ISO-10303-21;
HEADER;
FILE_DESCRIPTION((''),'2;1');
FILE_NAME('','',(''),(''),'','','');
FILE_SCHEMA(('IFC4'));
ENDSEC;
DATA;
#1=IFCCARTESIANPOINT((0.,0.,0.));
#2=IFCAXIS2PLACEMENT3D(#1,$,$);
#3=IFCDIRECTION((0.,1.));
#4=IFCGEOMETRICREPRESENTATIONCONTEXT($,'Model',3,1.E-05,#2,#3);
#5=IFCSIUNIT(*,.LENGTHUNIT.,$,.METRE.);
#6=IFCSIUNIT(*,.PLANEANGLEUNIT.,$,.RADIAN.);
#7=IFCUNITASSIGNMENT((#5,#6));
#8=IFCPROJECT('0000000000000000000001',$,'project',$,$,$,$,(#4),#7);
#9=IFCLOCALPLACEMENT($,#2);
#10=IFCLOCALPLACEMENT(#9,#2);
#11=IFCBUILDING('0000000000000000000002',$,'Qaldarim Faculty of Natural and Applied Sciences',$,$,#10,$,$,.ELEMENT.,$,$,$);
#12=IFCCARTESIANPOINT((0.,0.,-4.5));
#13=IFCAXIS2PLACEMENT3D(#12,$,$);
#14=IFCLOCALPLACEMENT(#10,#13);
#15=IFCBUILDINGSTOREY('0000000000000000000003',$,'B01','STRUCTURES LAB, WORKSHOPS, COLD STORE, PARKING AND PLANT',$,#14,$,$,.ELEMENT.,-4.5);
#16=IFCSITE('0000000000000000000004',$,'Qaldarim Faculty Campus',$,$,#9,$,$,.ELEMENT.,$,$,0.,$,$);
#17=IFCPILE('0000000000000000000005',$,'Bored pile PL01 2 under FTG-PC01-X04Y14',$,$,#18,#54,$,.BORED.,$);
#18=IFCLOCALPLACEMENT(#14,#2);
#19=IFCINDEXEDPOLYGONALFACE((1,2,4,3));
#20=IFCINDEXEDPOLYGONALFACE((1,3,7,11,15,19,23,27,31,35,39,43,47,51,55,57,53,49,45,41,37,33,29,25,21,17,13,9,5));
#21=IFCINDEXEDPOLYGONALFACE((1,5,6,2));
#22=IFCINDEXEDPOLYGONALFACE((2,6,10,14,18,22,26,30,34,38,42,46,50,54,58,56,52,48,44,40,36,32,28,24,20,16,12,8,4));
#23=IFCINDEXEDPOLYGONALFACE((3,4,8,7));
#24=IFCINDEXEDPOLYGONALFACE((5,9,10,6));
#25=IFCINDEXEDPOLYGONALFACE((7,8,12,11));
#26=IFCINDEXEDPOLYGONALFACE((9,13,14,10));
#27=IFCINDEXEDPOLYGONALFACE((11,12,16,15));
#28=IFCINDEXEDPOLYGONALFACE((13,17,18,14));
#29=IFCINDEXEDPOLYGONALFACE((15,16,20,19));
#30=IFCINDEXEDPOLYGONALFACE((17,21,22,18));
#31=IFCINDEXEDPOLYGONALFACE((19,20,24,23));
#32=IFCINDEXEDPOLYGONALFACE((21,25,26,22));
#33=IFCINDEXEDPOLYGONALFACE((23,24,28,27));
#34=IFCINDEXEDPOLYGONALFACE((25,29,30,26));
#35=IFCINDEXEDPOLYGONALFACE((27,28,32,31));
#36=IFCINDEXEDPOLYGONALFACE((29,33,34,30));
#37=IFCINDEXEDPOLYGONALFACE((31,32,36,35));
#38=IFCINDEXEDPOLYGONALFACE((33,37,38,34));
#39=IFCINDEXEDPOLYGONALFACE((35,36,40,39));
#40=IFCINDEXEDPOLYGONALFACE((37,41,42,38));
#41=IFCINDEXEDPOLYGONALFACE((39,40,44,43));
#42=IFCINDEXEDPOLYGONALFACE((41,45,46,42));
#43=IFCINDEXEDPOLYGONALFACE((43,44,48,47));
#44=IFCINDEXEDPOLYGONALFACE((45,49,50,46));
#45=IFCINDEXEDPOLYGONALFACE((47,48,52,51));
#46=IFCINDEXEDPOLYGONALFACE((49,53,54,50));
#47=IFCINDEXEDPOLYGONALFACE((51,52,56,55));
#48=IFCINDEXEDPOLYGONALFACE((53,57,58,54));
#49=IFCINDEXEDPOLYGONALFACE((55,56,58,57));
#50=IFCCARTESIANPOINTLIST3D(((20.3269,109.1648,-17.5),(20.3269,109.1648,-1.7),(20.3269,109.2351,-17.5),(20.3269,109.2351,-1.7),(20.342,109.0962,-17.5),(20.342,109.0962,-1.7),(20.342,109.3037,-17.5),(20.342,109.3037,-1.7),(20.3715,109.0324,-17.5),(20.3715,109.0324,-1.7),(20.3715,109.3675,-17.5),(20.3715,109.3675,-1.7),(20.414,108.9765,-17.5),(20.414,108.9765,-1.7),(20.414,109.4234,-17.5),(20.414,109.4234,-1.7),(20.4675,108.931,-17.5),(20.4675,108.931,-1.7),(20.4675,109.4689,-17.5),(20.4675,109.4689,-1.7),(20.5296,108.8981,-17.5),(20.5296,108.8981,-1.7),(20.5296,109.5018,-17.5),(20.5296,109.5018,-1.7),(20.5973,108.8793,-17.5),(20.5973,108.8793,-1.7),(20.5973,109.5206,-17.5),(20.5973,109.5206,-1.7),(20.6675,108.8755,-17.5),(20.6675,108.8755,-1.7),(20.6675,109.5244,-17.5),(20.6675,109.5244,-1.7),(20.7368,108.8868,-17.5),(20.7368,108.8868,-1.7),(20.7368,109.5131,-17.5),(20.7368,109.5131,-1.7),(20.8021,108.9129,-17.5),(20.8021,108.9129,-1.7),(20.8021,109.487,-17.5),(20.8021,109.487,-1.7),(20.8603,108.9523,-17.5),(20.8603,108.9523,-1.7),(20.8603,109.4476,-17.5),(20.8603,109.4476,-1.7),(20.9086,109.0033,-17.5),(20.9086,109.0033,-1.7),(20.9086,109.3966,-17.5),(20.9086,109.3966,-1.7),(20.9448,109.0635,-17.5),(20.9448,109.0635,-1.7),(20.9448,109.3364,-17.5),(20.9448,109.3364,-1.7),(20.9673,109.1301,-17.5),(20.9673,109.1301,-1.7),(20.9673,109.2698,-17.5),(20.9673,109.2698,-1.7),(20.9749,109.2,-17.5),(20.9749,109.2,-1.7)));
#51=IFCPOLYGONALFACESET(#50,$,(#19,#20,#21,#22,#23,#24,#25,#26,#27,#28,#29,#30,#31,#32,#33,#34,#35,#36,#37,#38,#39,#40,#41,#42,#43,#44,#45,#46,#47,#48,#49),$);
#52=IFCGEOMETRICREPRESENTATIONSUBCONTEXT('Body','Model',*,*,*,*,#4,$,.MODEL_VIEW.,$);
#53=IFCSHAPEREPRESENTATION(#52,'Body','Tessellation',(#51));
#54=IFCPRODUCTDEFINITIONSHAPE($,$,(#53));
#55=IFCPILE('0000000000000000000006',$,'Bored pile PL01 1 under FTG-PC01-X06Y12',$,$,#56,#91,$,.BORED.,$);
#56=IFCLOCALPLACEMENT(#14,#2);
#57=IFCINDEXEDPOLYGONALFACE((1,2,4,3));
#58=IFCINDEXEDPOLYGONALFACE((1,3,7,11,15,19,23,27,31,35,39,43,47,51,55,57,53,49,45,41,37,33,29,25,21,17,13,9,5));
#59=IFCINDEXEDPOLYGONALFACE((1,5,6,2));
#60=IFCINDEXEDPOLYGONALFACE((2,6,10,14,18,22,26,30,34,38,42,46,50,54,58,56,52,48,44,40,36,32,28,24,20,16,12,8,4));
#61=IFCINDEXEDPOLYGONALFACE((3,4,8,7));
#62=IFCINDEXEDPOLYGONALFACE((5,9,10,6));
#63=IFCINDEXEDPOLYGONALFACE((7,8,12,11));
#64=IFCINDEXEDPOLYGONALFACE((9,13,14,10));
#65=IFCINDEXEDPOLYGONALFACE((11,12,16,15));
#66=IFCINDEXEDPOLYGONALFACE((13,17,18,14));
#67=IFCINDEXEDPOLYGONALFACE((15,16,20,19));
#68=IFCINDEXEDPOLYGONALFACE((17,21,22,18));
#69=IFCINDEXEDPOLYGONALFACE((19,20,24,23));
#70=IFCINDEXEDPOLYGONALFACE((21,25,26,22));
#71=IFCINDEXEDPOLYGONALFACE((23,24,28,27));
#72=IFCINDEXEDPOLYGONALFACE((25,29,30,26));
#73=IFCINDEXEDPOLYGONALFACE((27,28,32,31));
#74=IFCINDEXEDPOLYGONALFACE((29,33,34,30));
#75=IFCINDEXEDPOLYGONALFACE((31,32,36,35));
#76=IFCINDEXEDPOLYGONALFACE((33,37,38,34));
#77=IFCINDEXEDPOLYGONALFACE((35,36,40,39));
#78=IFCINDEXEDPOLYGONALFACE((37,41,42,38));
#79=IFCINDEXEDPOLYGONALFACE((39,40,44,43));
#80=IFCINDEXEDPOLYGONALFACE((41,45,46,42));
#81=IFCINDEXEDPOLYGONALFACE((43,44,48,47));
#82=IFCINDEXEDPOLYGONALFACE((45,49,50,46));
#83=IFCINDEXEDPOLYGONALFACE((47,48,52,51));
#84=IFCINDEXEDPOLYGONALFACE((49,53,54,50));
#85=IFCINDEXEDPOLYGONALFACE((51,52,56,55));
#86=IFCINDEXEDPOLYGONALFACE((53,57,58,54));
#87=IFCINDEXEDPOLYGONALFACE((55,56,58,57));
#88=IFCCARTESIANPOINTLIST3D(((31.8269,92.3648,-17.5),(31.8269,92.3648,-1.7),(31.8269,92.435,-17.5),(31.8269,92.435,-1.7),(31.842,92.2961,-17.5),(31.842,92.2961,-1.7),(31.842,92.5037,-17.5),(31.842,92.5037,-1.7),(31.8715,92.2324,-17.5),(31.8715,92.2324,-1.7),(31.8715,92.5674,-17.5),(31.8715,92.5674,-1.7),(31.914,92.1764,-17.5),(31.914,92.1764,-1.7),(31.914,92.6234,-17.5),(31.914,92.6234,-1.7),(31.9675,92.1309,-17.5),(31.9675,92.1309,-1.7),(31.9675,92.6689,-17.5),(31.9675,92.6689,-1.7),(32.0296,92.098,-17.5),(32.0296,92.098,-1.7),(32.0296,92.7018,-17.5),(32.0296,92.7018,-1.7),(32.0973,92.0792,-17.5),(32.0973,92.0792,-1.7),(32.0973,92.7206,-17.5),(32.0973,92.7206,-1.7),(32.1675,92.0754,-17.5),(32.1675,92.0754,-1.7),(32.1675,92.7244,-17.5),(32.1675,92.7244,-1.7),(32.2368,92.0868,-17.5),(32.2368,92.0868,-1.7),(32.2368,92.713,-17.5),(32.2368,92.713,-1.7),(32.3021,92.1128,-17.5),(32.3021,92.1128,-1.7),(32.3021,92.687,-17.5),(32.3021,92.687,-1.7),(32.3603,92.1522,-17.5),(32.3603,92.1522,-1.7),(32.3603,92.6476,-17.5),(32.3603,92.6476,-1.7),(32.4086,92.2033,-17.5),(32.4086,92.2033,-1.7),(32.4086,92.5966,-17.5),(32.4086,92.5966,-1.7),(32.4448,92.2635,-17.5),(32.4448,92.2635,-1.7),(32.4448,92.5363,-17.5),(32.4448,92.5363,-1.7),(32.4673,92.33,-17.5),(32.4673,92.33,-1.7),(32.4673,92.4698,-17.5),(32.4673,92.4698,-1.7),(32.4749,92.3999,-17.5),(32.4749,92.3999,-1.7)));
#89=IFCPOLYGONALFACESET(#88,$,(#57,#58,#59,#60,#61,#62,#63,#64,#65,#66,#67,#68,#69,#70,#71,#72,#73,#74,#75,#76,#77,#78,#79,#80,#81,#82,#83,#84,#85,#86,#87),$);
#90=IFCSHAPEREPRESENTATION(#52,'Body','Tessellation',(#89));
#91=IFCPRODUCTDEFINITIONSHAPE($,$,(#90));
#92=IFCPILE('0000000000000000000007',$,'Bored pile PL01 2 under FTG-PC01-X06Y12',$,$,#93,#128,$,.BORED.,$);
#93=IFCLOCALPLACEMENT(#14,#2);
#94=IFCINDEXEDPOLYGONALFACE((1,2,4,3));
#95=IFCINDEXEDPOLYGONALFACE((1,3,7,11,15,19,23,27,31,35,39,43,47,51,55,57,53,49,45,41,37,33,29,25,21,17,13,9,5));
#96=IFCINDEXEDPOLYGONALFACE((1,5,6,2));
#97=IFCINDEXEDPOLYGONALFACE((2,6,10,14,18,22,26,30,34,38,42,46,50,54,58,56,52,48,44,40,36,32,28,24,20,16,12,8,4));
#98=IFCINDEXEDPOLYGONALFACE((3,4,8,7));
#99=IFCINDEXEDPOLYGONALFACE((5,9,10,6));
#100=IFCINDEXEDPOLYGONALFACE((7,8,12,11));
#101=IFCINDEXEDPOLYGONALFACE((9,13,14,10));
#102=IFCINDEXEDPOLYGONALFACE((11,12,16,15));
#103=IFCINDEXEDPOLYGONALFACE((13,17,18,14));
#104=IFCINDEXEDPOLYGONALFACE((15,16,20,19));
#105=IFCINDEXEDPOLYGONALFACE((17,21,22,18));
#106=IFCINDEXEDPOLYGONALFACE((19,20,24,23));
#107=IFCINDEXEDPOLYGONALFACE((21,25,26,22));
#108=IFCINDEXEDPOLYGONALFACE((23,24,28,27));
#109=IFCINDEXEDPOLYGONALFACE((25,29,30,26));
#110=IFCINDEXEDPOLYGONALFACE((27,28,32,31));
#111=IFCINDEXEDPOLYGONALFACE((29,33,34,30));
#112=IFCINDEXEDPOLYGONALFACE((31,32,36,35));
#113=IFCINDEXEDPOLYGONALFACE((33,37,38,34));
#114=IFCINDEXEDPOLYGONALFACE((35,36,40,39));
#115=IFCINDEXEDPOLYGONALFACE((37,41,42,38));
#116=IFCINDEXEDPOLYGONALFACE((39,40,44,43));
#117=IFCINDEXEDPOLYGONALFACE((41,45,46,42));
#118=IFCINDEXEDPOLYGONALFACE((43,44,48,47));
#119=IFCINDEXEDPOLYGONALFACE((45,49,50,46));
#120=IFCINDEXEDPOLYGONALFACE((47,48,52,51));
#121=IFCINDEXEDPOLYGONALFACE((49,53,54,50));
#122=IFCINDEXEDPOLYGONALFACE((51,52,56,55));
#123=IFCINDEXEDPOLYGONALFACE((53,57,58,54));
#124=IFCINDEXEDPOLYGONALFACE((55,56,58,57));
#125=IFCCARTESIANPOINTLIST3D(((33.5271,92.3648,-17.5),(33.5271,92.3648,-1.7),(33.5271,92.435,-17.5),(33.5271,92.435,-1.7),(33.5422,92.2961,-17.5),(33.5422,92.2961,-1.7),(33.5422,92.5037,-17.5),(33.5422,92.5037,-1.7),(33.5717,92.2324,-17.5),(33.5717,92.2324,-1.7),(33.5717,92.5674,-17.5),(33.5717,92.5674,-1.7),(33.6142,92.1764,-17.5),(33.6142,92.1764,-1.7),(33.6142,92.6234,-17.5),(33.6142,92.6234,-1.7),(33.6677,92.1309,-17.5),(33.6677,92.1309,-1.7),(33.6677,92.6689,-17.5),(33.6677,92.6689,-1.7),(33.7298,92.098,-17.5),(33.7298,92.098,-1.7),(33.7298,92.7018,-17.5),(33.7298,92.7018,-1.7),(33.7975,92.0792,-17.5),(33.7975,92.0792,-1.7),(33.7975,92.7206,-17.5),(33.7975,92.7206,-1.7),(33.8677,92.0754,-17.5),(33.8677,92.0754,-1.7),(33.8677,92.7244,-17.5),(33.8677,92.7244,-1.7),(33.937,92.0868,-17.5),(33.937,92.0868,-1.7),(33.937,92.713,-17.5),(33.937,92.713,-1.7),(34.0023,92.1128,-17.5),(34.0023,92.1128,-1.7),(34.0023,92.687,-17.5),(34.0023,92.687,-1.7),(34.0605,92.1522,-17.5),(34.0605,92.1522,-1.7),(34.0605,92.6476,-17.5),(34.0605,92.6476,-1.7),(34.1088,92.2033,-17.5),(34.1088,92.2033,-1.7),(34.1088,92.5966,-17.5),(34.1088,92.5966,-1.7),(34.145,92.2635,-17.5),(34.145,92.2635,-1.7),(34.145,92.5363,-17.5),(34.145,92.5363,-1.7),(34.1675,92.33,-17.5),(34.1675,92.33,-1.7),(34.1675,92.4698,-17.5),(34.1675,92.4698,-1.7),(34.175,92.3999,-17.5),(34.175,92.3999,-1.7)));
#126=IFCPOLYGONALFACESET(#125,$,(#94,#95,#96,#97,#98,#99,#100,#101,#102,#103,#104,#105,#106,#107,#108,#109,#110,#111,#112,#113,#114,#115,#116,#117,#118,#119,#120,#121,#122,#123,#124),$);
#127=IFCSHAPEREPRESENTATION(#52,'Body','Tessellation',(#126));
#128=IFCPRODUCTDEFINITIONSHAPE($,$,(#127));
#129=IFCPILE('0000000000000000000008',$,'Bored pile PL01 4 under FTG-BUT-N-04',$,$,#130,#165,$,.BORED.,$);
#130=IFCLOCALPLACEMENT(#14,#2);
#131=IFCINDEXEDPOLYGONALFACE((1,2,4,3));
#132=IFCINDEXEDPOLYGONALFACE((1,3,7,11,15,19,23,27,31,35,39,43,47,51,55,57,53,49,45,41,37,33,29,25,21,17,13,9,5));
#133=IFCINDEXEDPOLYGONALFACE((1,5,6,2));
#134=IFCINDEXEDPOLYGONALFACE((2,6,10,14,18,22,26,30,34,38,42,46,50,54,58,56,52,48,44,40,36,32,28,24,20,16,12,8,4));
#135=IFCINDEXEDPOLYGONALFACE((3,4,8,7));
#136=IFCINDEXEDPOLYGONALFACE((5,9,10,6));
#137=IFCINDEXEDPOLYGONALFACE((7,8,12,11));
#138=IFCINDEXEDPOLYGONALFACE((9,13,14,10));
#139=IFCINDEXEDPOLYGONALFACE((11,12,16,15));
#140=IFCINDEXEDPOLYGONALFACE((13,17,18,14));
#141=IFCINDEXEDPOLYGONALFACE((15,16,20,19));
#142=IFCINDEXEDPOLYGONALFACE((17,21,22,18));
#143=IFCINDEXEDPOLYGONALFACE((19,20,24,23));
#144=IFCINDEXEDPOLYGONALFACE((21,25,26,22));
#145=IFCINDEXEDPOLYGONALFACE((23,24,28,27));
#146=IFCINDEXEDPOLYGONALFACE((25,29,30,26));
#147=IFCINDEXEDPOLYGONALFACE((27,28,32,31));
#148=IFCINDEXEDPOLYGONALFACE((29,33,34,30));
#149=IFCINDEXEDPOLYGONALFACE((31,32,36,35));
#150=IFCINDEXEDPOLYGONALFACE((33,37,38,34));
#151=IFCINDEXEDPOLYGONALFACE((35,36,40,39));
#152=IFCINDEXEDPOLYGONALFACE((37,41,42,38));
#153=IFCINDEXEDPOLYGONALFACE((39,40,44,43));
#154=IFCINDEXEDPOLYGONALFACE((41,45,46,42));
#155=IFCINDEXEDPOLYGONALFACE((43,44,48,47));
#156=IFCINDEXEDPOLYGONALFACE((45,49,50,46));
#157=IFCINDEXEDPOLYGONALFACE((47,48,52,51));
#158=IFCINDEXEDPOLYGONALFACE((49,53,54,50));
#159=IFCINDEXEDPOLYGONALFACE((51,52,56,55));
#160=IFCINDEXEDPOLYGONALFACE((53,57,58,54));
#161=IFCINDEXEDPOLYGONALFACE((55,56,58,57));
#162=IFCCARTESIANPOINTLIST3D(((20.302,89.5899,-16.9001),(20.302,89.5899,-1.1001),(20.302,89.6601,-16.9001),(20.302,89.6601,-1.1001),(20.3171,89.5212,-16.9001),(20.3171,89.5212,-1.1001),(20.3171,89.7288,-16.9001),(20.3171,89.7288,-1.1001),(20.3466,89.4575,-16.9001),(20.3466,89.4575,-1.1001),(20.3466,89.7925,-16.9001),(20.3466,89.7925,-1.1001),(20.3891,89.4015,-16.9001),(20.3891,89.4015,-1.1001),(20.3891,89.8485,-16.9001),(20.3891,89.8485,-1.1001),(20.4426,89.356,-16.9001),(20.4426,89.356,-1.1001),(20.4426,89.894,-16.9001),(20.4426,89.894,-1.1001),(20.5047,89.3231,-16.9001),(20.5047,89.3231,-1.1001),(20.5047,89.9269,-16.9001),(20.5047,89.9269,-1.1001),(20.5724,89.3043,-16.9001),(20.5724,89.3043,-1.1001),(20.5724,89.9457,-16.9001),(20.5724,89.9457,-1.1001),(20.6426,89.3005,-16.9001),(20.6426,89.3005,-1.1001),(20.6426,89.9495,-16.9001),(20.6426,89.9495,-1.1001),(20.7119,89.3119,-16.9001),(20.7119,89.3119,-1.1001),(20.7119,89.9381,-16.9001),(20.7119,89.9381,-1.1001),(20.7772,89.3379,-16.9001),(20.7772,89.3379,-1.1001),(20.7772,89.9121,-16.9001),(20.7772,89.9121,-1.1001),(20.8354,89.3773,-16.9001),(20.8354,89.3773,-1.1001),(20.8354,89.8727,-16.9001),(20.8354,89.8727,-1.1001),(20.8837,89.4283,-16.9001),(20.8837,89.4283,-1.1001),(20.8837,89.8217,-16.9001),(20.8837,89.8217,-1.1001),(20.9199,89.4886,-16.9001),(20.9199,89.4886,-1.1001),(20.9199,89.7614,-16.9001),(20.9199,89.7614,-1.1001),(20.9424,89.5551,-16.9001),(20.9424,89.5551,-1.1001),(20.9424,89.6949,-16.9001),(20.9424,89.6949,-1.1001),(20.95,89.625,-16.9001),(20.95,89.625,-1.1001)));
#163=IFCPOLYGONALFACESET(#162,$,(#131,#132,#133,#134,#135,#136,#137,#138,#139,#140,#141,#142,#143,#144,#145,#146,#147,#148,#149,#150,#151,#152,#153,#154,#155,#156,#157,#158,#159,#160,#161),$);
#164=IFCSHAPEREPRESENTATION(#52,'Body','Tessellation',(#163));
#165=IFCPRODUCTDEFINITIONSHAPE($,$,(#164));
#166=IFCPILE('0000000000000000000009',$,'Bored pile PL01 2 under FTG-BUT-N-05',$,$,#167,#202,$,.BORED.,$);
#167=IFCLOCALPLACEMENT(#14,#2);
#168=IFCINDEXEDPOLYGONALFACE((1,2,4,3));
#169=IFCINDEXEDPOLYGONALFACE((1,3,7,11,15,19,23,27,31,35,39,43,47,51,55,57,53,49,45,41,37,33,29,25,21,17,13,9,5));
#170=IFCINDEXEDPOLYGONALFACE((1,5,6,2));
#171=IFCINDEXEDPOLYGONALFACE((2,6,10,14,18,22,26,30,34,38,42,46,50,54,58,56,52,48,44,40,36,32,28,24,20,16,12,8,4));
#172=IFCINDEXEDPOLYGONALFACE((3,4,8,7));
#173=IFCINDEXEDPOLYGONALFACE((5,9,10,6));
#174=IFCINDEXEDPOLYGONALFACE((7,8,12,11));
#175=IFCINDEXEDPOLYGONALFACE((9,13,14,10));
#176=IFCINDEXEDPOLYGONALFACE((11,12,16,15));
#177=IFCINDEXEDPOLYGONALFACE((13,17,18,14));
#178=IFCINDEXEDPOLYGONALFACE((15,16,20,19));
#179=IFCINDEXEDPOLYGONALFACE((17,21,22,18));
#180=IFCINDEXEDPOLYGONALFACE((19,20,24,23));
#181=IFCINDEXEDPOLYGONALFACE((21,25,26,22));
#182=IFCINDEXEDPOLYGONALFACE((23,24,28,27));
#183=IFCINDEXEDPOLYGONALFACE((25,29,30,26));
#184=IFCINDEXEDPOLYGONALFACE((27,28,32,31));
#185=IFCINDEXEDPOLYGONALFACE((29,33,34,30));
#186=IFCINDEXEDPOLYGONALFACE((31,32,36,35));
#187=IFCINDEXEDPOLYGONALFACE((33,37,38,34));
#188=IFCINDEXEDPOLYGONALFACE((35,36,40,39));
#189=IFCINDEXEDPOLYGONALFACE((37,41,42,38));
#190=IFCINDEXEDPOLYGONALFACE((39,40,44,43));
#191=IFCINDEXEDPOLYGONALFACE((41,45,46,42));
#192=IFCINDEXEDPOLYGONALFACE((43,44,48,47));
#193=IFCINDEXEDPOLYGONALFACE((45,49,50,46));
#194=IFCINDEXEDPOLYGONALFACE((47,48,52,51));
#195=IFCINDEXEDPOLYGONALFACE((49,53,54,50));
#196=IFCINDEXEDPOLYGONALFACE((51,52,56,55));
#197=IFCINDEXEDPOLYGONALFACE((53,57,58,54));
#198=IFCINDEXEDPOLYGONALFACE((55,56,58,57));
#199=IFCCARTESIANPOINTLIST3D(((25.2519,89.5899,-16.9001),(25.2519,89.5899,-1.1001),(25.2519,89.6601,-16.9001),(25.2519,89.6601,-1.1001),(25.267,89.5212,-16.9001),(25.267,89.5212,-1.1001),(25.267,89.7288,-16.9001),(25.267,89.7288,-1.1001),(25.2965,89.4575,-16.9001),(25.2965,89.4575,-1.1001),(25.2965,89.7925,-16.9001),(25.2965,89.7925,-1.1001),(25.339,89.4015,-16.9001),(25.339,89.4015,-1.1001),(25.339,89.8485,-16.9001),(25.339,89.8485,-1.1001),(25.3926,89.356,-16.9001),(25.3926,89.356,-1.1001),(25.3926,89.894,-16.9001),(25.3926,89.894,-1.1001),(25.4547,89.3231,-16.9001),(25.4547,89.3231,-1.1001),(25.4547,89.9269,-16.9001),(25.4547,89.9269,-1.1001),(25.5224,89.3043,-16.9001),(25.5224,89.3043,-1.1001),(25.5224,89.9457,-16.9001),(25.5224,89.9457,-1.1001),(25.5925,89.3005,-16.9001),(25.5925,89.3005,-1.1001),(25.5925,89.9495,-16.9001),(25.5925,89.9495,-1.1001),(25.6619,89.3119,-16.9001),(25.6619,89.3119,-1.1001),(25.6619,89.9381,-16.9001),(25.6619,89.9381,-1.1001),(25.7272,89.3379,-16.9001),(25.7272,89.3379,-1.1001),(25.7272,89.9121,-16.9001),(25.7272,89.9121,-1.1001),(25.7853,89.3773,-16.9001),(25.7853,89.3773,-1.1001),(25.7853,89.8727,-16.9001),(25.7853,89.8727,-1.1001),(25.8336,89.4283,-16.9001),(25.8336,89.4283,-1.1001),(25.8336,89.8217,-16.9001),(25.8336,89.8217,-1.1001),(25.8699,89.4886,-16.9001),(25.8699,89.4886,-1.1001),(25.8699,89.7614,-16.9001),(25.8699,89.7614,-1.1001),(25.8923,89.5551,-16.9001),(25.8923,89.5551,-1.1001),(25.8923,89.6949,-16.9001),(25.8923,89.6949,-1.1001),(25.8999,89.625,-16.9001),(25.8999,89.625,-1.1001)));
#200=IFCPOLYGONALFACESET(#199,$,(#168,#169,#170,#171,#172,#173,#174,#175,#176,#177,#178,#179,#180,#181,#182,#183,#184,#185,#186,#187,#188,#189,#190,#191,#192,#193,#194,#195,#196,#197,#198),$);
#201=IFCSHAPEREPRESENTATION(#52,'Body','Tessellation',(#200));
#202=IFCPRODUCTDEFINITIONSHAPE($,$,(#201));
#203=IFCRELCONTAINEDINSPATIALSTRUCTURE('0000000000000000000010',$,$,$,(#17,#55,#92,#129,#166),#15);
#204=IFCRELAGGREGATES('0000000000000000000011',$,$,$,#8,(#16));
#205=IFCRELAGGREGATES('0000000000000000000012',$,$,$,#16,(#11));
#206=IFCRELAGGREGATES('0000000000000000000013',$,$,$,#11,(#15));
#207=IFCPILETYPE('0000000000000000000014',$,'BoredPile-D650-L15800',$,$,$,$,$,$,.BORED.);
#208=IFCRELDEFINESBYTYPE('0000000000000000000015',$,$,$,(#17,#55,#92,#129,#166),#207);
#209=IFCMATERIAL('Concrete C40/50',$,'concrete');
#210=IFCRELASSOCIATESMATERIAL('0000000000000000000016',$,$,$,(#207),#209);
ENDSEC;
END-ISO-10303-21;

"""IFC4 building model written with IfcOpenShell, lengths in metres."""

from ifc_helpers import new_model, si_unit, direction, frame, origin, origin_2d, place, context, subcontext, project, spatial, circle, extrude, material, material_profile, profile_set, type_object, element, save


model = new_model("IFC4")

# Units and contexts
model_context = context("Model", 3, precision=1e-05, world=origin(), true_north=direction((0.0, 1.0)))
body_context = subcontext(model_context, "Body", "Model", "MODEL_VIEW")
ifc_project = project(units=[si_unit("LENGTHUNIT", "METRE"), si_unit("PLANEANGLEUNIT", "RADIAN")], contexts=[model_context])

# Site, building, storey
site_placement = place(None, origin())
site = spatial("IfcSite", under=ifc_project, at=site_placement, Name="Qaldarim Faculty Campus", CompositionType="ELEMENT", RefElevation=0.0)
building_placement = place(site_placement, origin())
building = spatial("IfcBuilding", under=site, at=building_placement, Name="Qaldarim Faculty of Natural and Applied Sciences", CompositionType="ELEMENT")
storey_placement = place(building_placement, frame((0.0, 0.0, -4.5)))
storey = spatial("IfcBuildingStorey", under=building, at=storey_placement, Name="B01", Description="STRUCTURES LAB, WORKSHOPS, COLD STORE, PARKING AND PLANT", CompositionType="ELEMENT", Elevation=-4.5)

# Piles
ifc_material_1 = material(Name="Concrete C40/50", Category="concrete")
ifc_material_profile_1 = material_profile(ifc_material_1, circle(Radius=0.325, at=origin_2d()), Name="PILE-D650")
ifc_profile_set_1 = profile_set([ifc_material_profile_1], Name="Concrete C40/50")
pile_type_1 = type_object("IfcPileType", Name="BoredPile-D650-L15800", PredefinedType="BORED", material=ifc_profile_set_1)
for number, where, z_axis, x_axis, name in (
    (1, (20.6499, 109.2, -1.7), (0.0, 0.0, -1.0), (1.0, 0.0, 0.0), "Bored pile PL01 2 under FTG-PC01-X04Y14"),
    (2, (32.1499, 92.3999, -1.7), (0.0, 0.0, -1.0), (1.0, 0.0, 0.0), "Bored pile PL01 1 under FTG-PC01-X06Y12"),
    (3, (33.8501, 92.3999, -1.7), (0.0, 0.0, -1.0), (1.0, 0.0, 0.0), "Bored pile PL01 2 under FTG-PC01-X06Y12"),
    (4, (20.625, 89.625, -1.1001), (0.0, 0.0, -1.0), (1.0, 0.0, 0.0), "Bored pile PL01 4 under FTG-BUT-N-04"),
    (5, (25.575, 89.625, -1.1001), (0.0, 0.0, -1.0), (1.0, 0.0, 0.0), "Bored pile PL01 2 under FTG-BUT-N-05"),
):
    element("IfcPile", number, at=place(storey_placement, frame(where, z_axis=z_axis, x_axis=x_axis)), inside=storey, type_object=pile_type_1, Name=name, PredefinedType="BORED", context=body_context, shape_type="SweptSolid", body=[
        extrude(circle(Radius=0.325, at=origin_2d()), origin(), (0.0, 0.0, 1.0), 15.8),
    ])

save(model, "model.ifc")
